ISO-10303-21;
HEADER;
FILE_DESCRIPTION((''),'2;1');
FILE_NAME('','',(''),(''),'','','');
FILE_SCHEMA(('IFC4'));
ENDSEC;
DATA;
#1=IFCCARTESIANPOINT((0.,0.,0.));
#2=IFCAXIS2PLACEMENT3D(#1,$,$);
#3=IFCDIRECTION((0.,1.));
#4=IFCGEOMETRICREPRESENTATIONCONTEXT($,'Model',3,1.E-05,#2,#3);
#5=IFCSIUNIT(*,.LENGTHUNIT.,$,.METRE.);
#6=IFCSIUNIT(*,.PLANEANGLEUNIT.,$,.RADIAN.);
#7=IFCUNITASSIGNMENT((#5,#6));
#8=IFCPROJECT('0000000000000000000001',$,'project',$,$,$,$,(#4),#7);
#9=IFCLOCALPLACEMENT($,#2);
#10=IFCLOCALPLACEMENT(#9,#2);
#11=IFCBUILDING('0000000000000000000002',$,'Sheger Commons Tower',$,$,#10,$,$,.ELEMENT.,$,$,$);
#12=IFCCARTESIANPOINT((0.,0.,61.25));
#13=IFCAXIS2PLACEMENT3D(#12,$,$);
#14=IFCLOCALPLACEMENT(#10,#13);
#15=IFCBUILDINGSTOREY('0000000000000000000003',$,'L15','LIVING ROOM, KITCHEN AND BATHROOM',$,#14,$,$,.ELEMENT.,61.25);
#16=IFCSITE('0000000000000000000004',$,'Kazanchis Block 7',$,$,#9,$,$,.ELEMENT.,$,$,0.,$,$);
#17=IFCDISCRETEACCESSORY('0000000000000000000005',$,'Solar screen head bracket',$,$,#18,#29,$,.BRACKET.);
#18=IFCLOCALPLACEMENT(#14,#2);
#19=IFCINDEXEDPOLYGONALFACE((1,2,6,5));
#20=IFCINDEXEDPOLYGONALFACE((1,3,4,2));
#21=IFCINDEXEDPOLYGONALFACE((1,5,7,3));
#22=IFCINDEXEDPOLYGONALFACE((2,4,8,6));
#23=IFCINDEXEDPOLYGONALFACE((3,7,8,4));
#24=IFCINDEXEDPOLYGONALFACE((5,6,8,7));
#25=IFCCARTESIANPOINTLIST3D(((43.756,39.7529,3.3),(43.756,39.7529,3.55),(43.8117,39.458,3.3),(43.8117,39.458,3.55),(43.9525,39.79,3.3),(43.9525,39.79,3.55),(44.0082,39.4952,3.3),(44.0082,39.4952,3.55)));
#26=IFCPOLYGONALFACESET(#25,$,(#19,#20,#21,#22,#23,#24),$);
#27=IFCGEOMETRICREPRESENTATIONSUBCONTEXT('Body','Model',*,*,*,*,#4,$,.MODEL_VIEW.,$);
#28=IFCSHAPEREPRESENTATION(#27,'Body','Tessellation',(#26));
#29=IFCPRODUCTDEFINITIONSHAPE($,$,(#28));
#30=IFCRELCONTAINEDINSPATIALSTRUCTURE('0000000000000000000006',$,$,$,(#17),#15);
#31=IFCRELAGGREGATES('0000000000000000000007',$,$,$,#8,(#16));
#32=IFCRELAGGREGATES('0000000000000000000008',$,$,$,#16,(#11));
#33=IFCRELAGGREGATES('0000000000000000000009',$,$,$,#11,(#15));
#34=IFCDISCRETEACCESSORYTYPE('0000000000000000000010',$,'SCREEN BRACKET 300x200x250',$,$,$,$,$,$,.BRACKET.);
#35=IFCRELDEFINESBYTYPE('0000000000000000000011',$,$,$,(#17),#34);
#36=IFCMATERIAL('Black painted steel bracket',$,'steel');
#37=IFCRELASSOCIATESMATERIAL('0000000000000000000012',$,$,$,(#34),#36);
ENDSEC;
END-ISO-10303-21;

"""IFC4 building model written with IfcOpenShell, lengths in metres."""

from ifc_helpers import new_model, si_unit, direction, frame, origin, origin_2d, place, context, subcontext, project, spatial, rectangle, extrude, material, type_object, element, save


model = new_model("IFC4")

# Units and contexts
model_context = context("Model", 3, precision=1e-05, world=origin(), true_north=direction((0.0, 1.0)))
body_context = subcontext(model_context, "Body", "Model", "MODEL_VIEW")
ifc_project = project(units=[si_unit("LENGTHUNIT", "METRE"), si_unit("PLANEANGLEUNIT", "RADIAN")], contexts=[model_context])

# Site, building, storey
site_placement = place(None, origin())
site = spatial("IfcSite", under=ifc_project, at=site_placement, Name="Kazanchis Block 7", CompositionType="ELEMENT", RefElevation=0.0)
building_placement = place(site_placement, origin())
building = spatial("IfcBuilding", under=site, at=building_placement, Name="Sheger Commons Tower", CompositionType="ELEMENT")
storey_placement = place(building_placement, frame((0.0, 0.0, 61.25)))
storey = spatial("IfcBuildingStorey", under=building, at=storey_placement, Name="L15", Description="LIVING ROOM, KITCHEN AND BATHROOM", CompositionType="ELEMENT", Elevation=61.25)

# Discrete accessory
ifc_material_1 = material(Name="Black painted steel bracket", Category="steel")
discrete_accessory_type = type_object("IfcDiscreteAccessoryType", Name="SCREEN BRACKET 300x200x250", PredefinedType="BRACKET", material=ifc_material_1)
for number, where, z_axis, x_axis, name in (
    (1, (43.8821, 39.624, 3.3), (0.0, 0.0, 1.0), (-0.185615, 0.982623, 0.0), "Solar screen head bracket"),
):
    element("IfcDiscreteAccessory", number, at=place(storey_placement, frame(where, z_axis=z_axis, x_axis=x_axis)), inside=storey, type_object=discrete_accessory_type, Name=name, PredefinedType="BRACKET", context=body_context, shape_type="SweptSolid", body=[
        extrude(rectangle(XDim=0.3, YDim=0.2, at=origin_2d()), origin(), (0.0, 0.0, 1.0), 0.25),
    ])

save(model, "model.ifc")
